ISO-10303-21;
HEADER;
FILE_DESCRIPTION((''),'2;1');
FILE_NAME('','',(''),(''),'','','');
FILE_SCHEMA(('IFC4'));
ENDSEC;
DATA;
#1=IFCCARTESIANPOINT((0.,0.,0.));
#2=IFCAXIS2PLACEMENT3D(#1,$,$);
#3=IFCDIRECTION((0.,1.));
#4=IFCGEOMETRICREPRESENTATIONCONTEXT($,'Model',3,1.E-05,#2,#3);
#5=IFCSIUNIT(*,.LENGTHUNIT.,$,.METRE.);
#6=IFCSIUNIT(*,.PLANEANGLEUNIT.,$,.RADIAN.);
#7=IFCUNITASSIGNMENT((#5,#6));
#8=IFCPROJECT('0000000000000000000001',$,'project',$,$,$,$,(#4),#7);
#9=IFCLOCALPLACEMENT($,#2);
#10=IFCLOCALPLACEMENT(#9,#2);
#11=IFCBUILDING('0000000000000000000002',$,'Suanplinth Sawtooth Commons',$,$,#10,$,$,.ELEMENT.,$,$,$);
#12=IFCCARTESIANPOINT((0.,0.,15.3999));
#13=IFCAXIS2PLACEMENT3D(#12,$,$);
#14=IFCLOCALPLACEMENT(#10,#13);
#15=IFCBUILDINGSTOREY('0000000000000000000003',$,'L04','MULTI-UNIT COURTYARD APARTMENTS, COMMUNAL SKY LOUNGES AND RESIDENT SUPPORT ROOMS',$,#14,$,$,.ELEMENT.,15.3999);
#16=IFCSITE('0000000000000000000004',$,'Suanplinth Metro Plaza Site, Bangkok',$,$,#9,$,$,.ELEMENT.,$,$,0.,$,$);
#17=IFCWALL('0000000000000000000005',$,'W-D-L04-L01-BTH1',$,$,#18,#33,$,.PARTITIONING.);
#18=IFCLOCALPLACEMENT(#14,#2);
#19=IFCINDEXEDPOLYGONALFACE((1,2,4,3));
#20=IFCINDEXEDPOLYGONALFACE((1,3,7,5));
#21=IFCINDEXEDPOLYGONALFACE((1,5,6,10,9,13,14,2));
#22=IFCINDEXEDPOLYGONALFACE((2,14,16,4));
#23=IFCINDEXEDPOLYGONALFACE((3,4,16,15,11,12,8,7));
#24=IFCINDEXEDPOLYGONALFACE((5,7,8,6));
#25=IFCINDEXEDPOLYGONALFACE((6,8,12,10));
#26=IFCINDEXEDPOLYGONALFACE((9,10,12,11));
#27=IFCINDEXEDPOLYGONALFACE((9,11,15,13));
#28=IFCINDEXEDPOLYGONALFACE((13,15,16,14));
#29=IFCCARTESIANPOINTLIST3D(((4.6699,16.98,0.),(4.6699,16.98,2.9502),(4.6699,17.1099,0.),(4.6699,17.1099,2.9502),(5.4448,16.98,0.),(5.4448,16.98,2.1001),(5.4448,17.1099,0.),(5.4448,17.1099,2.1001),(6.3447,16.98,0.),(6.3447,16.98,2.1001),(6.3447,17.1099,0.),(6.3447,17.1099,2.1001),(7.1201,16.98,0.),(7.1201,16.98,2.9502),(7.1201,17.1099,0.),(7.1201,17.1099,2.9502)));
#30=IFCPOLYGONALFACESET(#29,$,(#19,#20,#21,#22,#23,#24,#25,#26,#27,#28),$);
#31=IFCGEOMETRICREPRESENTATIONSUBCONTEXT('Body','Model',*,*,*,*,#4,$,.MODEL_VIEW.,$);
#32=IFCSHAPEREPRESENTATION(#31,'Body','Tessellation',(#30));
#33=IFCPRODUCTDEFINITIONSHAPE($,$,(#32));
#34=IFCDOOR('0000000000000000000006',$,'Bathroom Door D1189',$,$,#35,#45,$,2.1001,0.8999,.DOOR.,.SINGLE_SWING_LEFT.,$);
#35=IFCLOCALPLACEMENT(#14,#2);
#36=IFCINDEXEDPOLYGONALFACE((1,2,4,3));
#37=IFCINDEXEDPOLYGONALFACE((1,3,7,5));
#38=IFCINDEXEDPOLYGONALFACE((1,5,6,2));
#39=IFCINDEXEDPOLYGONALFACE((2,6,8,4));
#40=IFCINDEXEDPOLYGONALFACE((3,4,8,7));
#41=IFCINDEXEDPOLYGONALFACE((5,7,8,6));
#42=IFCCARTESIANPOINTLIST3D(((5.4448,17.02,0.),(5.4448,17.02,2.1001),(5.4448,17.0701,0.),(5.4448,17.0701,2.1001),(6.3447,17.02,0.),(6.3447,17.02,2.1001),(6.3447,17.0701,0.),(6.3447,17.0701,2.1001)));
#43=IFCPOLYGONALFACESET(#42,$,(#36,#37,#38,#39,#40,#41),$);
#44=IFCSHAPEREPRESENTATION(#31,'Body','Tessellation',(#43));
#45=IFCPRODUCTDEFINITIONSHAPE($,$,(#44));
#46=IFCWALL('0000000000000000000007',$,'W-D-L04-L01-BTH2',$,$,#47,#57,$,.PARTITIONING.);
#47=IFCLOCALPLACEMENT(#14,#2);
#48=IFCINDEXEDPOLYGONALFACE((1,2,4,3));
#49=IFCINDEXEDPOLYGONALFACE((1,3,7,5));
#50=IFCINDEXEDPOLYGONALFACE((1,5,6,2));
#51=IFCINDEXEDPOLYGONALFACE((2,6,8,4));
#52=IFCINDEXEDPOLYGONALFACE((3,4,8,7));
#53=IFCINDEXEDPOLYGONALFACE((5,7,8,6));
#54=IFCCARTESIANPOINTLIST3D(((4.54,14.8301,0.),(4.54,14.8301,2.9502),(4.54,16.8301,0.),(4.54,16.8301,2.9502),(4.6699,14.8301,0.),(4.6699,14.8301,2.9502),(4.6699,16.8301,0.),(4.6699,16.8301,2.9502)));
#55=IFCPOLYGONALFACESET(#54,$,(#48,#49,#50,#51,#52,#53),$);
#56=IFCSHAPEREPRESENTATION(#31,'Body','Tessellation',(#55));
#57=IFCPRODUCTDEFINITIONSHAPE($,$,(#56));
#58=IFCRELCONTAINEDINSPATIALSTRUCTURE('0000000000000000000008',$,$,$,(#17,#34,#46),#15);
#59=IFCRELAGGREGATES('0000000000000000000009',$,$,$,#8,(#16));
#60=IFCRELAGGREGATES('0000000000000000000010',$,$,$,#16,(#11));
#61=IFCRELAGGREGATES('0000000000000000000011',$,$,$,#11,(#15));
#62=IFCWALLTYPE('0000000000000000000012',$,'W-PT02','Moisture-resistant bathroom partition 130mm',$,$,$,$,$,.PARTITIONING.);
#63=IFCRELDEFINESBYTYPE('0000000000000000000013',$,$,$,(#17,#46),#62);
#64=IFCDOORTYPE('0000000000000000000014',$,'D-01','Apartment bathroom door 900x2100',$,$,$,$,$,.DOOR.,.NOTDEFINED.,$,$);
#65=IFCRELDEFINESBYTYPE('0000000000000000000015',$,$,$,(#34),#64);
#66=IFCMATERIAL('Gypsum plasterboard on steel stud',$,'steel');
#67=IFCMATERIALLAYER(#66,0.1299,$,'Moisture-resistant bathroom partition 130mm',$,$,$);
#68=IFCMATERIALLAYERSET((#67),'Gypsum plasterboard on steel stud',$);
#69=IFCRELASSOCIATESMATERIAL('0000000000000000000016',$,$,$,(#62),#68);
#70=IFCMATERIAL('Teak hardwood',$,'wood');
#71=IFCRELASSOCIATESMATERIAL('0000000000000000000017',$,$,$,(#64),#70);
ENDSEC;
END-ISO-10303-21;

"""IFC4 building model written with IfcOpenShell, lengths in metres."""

from ifc_helpers import new_model, si_unit, direction, frame, frame_2d, origin, place, context, subcontext, project, spatial, rectangle, extrude, material, layer, layer_set, type_object, element, fill, save


model = new_model("IFC4")

# Units and contexts
model_context = context("Model", 3, precision=1e-05, world=origin(), true_north=direction((0.0, 1.0)))
body_context = subcontext(model_context, "Body", "Model", "MODEL_VIEW")
ifc_project = project(units=[si_unit("LENGTHUNIT", "METRE"), si_unit("PLANEANGLEUNIT", "RADIAN")], contexts=[model_context])

# Site, building, storey
site_placement = place(None, origin())
site = spatial("IfcSite", under=ifc_project, at=site_placement, Name="Suanplinth Metro Plaza Site, Bangkok", CompositionType="ELEMENT", RefElevation=0.0)
building_placement = place(site_placement, origin())
building = spatial("IfcBuilding", under=site, at=building_placement, Name="Suanplinth Sawtooth Commons", CompositionType="ELEMENT")
storey_placement = place(building_placement, frame((0.0, 0.0, 15.3999)))
storey = spatial("IfcBuildingStorey", under=building, at=storey_placement, Name="L04", Description="MULTI-UNIT COURTYARD APARTMENTS, COMMUNAL SKY LOUNGES AND RESIDENT SUPPORT ROOMS", CompositionType="ELEMENT", Elevation=15.3999)

# Wall, opening, door
ifc_material_1 = material(Name="Gypsum plasterboard on steel stud", Category="steel")
ifc_layer_1 = layer(ifc_material_1, 0.1299, Name="Moisture-resistant bathroom partition 130mm")
ifc_layer_set_1 = layer_set([ifc_layer_1], Name="Gypsum plasterboard on steel stud")
wall_type_1 = type_object("IfcWallType", Name="W-PT02", Description="Moisture-resistant bathroom partition 130mm", PredefinedType="PARTITIONING", material=ifc_layer_set_1)
wall_1_placement = place(storey_placement, frame((4.6699, 17.0449, 0.0), z_axis=(0.0, 0.0, 1.0), x_axis=(1.0, 0.0, 0.0)))
wall_1 = element("IfcWall", 1, at=wall_1_placement, inside=storey, type_object=wall_type_1, Name="W-D-L04-L01-BTH1", PredefinedType="PARTITIONING", context=body_context, shape_type="SweptSolid", body=[
    extrude(rectangle(XDim=2.4502, YDim=0.1299, at=frame_2d((1.2251, 0.0))), origin(), (0.0, 0.0, 1.0), 2.9502),
])
opening_1_placement = place(wall_1_placement, frame((0.7749, 0.0, 0.0)))
opening_1 = element("IfcOpeningElement", 2, at=opening_1_placement, cuts=wall_1, PredefinedType="OPENING", context=body_context, shape_type="SweptSolid", body=[
    extrude(rectangle(XDim=0.8999, YDim=2.1001, at=frame_2d((0.45, 1.05))), frame((0.0, 0.0798, 0.0), z_axis=(0.0, -1.0, 0.0), x_axis=(1.0, 0.0, 0.0)), (0.0, 0.0, 1.0), 0.1597),
])
ifc_material_2 = material(Name="Teak hardwood", Category="wood")
door_type_1 = type_object("IfcDoorType", Name="D-01", Description="Apartment bathroom door 900x2100", OperationType="NOTDEFINED", PredefinedType="DOOR", material=ifc_material_2)
door_1_placement = place(opening_1_placement, frame((0.8999, 0.0, 0.0), z_axis=(0.0, 0.0, 1.0), x_axis=(-1.0, 0.0, 0.0)))
door_1 = element("IfcDoor", 3, at=door_1_placement, inside=storey, type_object=door_type_1, Name="Bathroom Door D1189", OperationType="SINGLE_SWING_LEFT", OverallHeight=2.1001, OverallWidth=0.8999, PredefinedType="DOOR", context=body_context, shape_type="SweptSolid", body=[
    extrude(rectangle(XDim=0.8999, YDim=2.1001, at=frame_2d((0.45, 1.05))), frame((0.0, 0.0249, 0.0), z_axis=(0.0, -1.0, 0.0), x_axis=(1.0, 0.0, 0.0)), (0.0, 0.0, 1.0), 0.05),
])
fill(opening_1, door_1)

# Wall
wall_2_placement = place(storey_placement, frame((4.605, 14.8301, 0.0), z_axis=(0.0, 0.0, 1.0), x_axis=(0.0, 1.0, 0.0)))
element("IfcWall", 4, at=wall_2_placement, inside=storey, type_object=wall_type_1, Name="W-D-L04-L01-BTH2", PredefinedType="PARTITIONING", context=body_context, shape_type="SweptSolid", body=[
    extrude(rectangle(XDim=2.0, YDim=0.1299, at=frame_2d((1.0, 0.0))), origin(), (0.0, 0.0, 1.0), 2.9502),
])

save(model, "model.ifc")
